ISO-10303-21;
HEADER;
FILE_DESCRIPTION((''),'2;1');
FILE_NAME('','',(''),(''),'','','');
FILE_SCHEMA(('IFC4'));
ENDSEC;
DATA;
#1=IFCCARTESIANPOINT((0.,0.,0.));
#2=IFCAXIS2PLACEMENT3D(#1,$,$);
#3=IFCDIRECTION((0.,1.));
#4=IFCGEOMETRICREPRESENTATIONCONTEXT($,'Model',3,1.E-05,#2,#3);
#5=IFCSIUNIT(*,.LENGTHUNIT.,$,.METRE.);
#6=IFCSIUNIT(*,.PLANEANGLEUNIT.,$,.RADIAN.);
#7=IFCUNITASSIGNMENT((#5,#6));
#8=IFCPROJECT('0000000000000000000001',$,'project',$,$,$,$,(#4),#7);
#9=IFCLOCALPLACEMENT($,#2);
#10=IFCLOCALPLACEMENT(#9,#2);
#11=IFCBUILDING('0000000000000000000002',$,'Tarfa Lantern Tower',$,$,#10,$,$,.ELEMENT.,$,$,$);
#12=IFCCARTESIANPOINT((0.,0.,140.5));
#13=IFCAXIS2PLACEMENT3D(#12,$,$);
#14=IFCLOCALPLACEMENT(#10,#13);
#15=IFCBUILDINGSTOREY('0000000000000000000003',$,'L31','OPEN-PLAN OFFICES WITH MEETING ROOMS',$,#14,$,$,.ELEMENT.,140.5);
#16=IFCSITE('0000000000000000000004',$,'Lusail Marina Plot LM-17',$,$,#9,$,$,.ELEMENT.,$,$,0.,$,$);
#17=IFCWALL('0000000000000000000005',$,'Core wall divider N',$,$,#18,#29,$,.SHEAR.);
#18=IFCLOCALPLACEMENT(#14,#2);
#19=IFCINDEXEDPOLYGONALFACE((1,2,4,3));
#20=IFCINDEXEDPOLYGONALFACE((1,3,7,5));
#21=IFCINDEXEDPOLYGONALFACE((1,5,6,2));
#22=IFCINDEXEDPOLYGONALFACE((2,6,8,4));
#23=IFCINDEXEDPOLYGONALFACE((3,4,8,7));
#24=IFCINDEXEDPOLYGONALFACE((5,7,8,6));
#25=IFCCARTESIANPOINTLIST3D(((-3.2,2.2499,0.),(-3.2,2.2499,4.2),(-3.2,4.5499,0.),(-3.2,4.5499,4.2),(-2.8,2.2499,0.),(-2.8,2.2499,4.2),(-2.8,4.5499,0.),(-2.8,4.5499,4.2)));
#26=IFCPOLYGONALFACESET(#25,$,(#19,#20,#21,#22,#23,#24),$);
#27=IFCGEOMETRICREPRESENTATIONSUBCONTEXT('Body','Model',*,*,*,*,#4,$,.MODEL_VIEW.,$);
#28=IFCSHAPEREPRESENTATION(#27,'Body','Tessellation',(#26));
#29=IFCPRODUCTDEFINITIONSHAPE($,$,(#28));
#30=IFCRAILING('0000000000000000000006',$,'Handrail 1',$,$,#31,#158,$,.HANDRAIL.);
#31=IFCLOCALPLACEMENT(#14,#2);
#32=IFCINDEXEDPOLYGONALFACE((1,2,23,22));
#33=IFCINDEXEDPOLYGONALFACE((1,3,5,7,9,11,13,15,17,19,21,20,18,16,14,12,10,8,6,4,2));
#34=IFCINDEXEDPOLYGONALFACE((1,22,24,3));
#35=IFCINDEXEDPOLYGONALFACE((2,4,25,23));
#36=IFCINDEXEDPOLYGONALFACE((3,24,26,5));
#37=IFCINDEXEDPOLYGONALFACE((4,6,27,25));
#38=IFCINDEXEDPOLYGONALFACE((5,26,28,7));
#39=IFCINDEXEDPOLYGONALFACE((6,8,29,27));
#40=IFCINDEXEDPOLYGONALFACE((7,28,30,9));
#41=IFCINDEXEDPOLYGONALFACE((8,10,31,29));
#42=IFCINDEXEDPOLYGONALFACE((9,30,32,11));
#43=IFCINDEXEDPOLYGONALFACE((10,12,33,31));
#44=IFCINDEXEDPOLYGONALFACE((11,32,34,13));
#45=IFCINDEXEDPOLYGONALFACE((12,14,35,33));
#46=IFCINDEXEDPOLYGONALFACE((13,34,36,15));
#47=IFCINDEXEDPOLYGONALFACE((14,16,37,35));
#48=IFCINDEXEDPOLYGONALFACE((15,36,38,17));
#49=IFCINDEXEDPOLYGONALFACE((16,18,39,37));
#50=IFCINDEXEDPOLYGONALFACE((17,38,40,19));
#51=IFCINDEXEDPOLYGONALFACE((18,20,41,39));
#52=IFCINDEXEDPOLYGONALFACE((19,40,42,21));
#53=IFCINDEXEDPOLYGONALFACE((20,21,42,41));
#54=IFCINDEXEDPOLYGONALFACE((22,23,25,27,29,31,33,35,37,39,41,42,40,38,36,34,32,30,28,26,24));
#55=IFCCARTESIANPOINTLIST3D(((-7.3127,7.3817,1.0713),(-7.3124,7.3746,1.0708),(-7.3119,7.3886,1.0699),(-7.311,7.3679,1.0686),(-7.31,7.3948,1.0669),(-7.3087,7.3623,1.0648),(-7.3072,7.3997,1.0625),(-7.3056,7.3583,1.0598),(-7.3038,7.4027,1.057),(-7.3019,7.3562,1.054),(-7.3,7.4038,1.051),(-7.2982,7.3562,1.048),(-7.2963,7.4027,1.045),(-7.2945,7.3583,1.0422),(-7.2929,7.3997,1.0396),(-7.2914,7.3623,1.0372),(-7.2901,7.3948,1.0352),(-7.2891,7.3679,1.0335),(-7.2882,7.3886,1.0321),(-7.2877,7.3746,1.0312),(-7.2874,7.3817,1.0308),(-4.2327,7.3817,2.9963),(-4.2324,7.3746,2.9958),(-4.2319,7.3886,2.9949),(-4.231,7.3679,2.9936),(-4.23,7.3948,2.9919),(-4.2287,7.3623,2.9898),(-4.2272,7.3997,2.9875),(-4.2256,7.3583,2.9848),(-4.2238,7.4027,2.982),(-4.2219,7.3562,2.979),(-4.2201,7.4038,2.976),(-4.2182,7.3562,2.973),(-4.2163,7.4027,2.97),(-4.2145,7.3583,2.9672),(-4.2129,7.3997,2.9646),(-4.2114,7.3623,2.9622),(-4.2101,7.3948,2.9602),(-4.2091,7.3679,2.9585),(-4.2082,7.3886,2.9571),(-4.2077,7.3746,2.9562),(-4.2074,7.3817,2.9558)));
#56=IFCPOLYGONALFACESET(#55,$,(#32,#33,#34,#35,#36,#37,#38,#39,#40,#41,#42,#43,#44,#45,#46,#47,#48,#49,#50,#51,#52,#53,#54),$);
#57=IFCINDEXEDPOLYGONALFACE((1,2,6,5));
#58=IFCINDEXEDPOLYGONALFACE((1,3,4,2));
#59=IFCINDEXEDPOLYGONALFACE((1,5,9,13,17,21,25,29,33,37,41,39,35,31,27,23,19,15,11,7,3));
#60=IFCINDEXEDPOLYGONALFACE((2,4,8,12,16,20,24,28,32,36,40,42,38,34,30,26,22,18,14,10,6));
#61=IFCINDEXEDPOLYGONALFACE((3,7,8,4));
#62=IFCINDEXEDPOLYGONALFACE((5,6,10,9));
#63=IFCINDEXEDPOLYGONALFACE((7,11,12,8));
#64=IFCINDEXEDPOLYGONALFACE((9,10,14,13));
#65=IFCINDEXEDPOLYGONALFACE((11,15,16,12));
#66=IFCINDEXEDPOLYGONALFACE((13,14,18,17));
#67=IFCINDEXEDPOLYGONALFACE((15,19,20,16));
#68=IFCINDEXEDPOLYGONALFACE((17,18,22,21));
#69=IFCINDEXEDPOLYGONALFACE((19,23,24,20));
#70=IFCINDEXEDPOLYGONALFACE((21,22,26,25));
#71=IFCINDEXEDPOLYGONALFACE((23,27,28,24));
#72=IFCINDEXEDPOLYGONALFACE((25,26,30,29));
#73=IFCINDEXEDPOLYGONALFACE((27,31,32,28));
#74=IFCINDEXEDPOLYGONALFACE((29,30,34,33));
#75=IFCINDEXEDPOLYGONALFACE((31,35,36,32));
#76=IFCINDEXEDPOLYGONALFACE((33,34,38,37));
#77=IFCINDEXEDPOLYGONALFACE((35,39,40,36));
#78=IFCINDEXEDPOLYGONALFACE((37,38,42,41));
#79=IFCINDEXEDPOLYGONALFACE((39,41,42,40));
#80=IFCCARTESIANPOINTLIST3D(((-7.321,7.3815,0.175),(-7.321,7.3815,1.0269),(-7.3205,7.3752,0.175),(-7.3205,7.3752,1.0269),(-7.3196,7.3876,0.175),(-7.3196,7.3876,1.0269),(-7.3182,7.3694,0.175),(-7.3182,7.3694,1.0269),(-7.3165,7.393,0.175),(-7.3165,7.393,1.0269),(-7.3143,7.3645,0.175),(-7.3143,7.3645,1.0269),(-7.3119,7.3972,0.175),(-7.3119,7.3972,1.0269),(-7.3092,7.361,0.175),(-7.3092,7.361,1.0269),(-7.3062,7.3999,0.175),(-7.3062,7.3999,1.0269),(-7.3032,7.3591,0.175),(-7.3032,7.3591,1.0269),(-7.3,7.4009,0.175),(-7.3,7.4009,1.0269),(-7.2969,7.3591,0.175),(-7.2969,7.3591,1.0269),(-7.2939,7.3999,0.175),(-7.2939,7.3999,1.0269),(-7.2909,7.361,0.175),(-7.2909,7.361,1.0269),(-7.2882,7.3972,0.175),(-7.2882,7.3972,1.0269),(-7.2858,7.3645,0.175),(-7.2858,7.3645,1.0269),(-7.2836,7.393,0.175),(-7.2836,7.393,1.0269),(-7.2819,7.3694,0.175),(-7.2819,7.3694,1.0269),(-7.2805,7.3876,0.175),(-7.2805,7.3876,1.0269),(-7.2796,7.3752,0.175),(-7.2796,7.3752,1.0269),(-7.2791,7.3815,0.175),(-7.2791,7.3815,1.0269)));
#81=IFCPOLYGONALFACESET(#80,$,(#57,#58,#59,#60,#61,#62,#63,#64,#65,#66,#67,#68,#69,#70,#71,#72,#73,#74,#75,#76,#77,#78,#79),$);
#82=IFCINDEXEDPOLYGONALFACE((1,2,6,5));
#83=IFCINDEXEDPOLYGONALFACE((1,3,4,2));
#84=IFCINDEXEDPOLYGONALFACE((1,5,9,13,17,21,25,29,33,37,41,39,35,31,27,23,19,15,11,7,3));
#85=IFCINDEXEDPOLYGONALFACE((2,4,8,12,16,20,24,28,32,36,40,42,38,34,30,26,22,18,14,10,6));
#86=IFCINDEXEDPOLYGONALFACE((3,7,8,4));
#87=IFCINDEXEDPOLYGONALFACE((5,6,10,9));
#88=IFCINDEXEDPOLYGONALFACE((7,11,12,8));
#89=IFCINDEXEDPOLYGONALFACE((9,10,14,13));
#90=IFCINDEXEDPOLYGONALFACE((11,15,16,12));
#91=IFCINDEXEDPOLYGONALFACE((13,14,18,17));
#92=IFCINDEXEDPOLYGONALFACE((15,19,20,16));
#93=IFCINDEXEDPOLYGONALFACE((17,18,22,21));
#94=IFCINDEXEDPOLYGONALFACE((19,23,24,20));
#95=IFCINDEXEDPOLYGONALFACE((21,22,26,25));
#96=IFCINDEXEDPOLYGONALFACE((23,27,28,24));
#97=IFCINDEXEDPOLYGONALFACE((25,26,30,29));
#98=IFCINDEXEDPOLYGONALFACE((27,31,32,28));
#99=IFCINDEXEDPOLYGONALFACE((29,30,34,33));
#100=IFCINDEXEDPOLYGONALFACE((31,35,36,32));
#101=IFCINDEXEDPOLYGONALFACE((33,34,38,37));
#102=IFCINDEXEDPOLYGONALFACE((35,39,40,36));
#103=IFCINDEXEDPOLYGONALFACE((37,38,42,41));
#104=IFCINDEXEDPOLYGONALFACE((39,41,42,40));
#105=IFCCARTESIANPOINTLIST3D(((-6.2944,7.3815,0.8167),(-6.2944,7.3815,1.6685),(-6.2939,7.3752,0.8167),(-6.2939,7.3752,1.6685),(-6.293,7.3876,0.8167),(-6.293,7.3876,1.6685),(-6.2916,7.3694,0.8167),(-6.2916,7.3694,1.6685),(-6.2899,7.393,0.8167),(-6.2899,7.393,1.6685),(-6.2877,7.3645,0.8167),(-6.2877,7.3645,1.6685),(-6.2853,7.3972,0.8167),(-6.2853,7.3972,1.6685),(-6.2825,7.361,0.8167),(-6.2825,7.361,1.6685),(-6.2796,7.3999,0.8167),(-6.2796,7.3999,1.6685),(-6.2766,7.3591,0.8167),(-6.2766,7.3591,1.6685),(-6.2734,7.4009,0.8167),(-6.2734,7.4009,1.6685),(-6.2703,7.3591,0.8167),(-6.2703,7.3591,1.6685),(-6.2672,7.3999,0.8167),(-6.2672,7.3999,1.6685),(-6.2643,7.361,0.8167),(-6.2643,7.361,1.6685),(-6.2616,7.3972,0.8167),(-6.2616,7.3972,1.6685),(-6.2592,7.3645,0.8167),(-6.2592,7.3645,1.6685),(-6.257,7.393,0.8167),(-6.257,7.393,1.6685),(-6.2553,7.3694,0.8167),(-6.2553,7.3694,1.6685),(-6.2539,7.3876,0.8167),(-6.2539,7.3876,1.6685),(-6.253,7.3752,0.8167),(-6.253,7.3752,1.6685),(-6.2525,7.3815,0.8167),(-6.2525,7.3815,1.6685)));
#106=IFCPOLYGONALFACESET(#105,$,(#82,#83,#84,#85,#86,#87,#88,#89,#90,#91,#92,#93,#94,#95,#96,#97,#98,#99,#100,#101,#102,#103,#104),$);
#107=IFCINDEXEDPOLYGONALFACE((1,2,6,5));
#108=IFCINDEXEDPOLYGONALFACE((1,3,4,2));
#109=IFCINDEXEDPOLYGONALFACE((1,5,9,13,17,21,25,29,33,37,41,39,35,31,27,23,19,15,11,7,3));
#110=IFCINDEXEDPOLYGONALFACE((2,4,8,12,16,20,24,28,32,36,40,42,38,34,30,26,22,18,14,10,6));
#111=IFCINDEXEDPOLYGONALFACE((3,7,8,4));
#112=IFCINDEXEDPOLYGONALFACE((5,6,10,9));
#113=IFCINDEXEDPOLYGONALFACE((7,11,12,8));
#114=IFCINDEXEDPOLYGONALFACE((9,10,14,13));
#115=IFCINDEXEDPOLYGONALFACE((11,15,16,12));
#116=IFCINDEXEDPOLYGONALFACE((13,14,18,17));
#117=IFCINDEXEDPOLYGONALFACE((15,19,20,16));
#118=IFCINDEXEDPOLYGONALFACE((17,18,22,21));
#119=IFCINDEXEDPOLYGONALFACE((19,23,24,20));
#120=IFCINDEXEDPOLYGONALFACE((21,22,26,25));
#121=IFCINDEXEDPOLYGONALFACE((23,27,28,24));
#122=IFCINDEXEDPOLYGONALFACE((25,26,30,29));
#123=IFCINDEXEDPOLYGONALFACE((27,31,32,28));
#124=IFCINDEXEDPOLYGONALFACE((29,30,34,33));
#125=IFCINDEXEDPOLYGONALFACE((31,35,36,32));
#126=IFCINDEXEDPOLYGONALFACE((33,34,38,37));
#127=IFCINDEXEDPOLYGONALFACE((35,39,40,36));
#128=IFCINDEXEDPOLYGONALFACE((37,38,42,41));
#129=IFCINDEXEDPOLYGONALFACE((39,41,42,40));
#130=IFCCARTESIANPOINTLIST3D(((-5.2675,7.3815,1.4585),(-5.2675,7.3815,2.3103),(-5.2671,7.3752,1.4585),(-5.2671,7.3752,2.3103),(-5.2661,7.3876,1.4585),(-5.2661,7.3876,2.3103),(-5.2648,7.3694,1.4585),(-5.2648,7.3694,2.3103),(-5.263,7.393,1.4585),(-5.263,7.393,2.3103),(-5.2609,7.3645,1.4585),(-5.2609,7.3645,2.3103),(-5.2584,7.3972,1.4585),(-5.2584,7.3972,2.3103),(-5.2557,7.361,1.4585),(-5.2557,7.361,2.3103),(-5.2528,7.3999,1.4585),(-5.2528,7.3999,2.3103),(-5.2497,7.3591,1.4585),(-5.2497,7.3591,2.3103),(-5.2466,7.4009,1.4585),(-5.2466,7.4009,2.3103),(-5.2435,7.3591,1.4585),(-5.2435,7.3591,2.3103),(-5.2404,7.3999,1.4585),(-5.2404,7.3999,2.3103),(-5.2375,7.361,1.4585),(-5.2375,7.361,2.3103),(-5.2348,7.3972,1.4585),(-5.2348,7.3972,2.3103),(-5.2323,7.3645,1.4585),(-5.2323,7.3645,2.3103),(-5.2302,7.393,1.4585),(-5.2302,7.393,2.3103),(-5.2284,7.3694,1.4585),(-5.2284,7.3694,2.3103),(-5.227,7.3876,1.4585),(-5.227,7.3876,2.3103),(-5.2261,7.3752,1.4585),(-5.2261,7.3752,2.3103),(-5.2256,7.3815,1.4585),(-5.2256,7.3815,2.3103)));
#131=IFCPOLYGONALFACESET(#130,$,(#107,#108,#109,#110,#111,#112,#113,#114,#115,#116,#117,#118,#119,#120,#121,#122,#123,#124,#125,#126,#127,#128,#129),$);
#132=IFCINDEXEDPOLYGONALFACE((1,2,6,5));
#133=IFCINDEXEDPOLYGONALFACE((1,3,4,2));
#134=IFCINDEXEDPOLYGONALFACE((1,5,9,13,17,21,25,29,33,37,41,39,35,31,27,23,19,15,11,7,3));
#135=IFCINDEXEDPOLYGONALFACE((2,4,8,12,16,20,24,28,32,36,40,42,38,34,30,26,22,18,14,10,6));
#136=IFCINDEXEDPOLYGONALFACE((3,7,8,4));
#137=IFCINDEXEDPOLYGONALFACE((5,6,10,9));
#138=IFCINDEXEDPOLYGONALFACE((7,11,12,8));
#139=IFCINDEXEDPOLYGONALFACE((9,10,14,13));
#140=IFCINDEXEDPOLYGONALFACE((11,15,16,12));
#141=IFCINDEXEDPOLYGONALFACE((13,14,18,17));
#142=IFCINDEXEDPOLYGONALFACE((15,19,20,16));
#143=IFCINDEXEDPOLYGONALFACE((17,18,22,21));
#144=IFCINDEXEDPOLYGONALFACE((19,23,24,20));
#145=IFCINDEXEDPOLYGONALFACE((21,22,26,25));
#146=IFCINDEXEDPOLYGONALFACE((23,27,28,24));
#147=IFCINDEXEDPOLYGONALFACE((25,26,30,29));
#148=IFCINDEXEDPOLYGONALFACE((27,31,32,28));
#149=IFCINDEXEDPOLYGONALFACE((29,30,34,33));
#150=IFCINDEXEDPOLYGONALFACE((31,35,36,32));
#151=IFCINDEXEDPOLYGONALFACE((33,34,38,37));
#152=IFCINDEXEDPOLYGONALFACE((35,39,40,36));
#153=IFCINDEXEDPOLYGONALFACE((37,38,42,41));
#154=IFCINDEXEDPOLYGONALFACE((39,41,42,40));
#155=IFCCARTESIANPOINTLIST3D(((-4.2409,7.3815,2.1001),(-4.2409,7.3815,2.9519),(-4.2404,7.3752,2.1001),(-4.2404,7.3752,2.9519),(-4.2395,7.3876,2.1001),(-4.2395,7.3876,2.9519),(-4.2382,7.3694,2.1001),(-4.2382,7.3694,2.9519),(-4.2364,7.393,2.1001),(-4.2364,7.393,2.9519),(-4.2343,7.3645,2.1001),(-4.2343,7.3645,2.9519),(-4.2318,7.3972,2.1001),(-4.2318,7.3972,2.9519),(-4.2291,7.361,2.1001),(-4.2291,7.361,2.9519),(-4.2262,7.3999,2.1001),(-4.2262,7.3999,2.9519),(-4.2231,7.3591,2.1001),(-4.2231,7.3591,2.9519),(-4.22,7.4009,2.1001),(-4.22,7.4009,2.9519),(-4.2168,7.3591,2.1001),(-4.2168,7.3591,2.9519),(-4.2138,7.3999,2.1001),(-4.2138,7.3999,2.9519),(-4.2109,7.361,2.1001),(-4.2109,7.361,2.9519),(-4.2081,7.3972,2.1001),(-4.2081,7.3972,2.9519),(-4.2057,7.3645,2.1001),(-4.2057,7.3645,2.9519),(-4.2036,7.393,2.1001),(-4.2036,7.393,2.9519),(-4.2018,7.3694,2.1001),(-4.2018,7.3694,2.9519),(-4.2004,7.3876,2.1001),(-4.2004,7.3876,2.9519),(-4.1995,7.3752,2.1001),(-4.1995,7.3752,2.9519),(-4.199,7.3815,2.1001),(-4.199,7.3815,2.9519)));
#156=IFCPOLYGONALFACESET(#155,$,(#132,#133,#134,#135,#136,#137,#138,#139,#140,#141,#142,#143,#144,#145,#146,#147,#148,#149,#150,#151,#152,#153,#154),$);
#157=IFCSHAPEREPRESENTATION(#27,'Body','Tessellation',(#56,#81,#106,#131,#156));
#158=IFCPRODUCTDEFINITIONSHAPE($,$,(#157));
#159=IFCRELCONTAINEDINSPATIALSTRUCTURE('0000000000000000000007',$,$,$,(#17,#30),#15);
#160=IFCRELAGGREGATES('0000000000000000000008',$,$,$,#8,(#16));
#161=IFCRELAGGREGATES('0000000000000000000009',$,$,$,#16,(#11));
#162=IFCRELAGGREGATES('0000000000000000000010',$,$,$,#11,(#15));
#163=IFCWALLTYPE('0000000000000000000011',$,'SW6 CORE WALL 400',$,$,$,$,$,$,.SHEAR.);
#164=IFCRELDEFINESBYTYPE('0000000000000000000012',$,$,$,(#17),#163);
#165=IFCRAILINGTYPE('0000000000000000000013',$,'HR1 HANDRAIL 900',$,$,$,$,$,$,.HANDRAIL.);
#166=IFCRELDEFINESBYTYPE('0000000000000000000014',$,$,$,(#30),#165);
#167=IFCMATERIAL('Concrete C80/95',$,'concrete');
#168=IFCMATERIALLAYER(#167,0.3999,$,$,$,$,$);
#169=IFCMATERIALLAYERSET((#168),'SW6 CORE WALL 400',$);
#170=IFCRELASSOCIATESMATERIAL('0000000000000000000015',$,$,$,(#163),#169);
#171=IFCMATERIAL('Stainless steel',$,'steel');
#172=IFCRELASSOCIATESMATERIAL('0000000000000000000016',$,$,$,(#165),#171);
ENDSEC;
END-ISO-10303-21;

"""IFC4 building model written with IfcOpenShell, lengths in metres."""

from ifc_helpers import new_model, si_unit, direction, frame, frame_2d, origin, origin_2d, place, context, subcontext, project, spatial, rectangle, circle, extrude, material, layer, layer_set, type_object, element, save


model = new_model("IFC4")

# Units and contexts
model_context = context("Model", 3, precision=1e-05, world=origin(), true_north=direction((0.0, 1.0)))
body_context = subcontext(model_context, "Body", "Model", "MODEL_VIEW")
ifc_project = project(units=[si_unit("LENGTHUNIT", "METRE"), si_unit("PLANEANGLEUNIT", "RADIAN")], contexts=[model_context])

# Site, building, storey
site_placement = place(None, origin())
site = spatial("IfcSite", under=ifc_project, at=site_placement, Name="Lusail Marina Plot LM-17", CompositionType="ELEMENT", RefElevation=0.0)
building_placement = place(site_placement, origin())
building = spatial("IfcBuilding", under=site, at=building_placement, Name="Tarfa Lantern Tower", CompositionType="ELEMENT")
storey_placement = place(building_placement, frame((0.0, 0.0, 140.5)))
storey = spatial("IfcBuildingStorey", under=building, at=storey_placement, Name="L31", Description="OPEN-PLAN OFFICES WITH MEETING ROOMS", CompositionType="ELEMENT", Elevation=140.5)

# Shared definitions
ifc_material_1 = material(Name="Concrete C80/95", Category="concrete")

# Wall
ifc_layer_1 = layer(ifc_material_1, 0.3999)
ifc_layer_set_1 = layer_set([ifc_layer_1], Name="SW6 CORE WALL 400")
wall_type_1 = type_object("IfcWallType", Name="SW6 CORE WALL 400", PredefinedType="SHEAR", material=ifc_layer_set_1)
for number, where, z_axis, x_axis, name in (
    (1, (-3.0, 2.25, 0.0), (0.0, 0.0, 1.0), (0.0, 1.0, 0.0), "Core wall divider N"),
):
    element("IfcWall", number, at=place(storey_placement, frame(where, z_axis=z_axis, x_axis=x_axis)), inside=storey, type_object=wall_type_1, Name=name, PredefinedType="SHEAR", context=body_context, shape_type="SweptSolid", body=[
        extrude(rectangle(XDim=2.3, YDim=0.3999, at=frame_2d((1.1499, 0.0))), origin(), (0.0, 0.0, 1.0), 4.2),
    ])

# Railing
ifc_material_2 = material(Name="Stainless steel", Category="steel")
railing_type = type_object("IfcRailingType", Name="HR1 HANDRAIL 900", PredefinedType="HANDRAIL", material=ifc_material_2)
railing_placement = place(storey_placement, frame((-7.3, 7.3799, 0.175)))
element("IfcRailing", 2, at=railing_placement, inside=storey, type_object=railing_type, Name="Handrail 1", PredefinedType="HANDRAIL", context=body_context, shape_type="SweptSolid", body=[
    extrude(circle(Radius=0.0239, at=origin_2d()), frame((0.0, 0.0, 0.876), z_axis=(0.847998, 0.0, 0.529999), x_axis=(0.0, 1.0, 0.0)), (0.0, 0.0, 1.0), 3.6321),
    extrude(circle(Radius=0.021, at=origin_2d()), frame((0.0, 0.0, 0.0), z_axis=(0.0, 0.0, 1.0), x_axis=(0.0, 1.0, 0.0)), (0.0, 0.0, 1.0), 0.8518),
    extrude(circle(Radius=0.021, at=origin_2d()), frame((1.0266, 0.0, 0.6416), z_axis=(0.0, 0.0, 1.0), x_axis=(0.0, 1.0, 0.0)), (0.0, 0.0, 1.0), 0.8518),
    extrude(circle(Radius=0.021, at=origin_2d()), frame((2.0535, 0.0, 1.2834), z_axis=(0.0, 0.0, 1.0), x_axis=(0.0, 1.0, 0.0)), (0.0, 0.0, 1.0), 0.8518),
    extrude(circle(Radius=0.021, at=origin_2d()), frame((3.0801, 0.0, 1.925), z_axis=(0.0, 0.0, 1.0), x_axis=(0.0, 1.0, 0.0)), (0.0, 0.0, 1.0), 0.8518),
])

save(model, "model.ifc")
